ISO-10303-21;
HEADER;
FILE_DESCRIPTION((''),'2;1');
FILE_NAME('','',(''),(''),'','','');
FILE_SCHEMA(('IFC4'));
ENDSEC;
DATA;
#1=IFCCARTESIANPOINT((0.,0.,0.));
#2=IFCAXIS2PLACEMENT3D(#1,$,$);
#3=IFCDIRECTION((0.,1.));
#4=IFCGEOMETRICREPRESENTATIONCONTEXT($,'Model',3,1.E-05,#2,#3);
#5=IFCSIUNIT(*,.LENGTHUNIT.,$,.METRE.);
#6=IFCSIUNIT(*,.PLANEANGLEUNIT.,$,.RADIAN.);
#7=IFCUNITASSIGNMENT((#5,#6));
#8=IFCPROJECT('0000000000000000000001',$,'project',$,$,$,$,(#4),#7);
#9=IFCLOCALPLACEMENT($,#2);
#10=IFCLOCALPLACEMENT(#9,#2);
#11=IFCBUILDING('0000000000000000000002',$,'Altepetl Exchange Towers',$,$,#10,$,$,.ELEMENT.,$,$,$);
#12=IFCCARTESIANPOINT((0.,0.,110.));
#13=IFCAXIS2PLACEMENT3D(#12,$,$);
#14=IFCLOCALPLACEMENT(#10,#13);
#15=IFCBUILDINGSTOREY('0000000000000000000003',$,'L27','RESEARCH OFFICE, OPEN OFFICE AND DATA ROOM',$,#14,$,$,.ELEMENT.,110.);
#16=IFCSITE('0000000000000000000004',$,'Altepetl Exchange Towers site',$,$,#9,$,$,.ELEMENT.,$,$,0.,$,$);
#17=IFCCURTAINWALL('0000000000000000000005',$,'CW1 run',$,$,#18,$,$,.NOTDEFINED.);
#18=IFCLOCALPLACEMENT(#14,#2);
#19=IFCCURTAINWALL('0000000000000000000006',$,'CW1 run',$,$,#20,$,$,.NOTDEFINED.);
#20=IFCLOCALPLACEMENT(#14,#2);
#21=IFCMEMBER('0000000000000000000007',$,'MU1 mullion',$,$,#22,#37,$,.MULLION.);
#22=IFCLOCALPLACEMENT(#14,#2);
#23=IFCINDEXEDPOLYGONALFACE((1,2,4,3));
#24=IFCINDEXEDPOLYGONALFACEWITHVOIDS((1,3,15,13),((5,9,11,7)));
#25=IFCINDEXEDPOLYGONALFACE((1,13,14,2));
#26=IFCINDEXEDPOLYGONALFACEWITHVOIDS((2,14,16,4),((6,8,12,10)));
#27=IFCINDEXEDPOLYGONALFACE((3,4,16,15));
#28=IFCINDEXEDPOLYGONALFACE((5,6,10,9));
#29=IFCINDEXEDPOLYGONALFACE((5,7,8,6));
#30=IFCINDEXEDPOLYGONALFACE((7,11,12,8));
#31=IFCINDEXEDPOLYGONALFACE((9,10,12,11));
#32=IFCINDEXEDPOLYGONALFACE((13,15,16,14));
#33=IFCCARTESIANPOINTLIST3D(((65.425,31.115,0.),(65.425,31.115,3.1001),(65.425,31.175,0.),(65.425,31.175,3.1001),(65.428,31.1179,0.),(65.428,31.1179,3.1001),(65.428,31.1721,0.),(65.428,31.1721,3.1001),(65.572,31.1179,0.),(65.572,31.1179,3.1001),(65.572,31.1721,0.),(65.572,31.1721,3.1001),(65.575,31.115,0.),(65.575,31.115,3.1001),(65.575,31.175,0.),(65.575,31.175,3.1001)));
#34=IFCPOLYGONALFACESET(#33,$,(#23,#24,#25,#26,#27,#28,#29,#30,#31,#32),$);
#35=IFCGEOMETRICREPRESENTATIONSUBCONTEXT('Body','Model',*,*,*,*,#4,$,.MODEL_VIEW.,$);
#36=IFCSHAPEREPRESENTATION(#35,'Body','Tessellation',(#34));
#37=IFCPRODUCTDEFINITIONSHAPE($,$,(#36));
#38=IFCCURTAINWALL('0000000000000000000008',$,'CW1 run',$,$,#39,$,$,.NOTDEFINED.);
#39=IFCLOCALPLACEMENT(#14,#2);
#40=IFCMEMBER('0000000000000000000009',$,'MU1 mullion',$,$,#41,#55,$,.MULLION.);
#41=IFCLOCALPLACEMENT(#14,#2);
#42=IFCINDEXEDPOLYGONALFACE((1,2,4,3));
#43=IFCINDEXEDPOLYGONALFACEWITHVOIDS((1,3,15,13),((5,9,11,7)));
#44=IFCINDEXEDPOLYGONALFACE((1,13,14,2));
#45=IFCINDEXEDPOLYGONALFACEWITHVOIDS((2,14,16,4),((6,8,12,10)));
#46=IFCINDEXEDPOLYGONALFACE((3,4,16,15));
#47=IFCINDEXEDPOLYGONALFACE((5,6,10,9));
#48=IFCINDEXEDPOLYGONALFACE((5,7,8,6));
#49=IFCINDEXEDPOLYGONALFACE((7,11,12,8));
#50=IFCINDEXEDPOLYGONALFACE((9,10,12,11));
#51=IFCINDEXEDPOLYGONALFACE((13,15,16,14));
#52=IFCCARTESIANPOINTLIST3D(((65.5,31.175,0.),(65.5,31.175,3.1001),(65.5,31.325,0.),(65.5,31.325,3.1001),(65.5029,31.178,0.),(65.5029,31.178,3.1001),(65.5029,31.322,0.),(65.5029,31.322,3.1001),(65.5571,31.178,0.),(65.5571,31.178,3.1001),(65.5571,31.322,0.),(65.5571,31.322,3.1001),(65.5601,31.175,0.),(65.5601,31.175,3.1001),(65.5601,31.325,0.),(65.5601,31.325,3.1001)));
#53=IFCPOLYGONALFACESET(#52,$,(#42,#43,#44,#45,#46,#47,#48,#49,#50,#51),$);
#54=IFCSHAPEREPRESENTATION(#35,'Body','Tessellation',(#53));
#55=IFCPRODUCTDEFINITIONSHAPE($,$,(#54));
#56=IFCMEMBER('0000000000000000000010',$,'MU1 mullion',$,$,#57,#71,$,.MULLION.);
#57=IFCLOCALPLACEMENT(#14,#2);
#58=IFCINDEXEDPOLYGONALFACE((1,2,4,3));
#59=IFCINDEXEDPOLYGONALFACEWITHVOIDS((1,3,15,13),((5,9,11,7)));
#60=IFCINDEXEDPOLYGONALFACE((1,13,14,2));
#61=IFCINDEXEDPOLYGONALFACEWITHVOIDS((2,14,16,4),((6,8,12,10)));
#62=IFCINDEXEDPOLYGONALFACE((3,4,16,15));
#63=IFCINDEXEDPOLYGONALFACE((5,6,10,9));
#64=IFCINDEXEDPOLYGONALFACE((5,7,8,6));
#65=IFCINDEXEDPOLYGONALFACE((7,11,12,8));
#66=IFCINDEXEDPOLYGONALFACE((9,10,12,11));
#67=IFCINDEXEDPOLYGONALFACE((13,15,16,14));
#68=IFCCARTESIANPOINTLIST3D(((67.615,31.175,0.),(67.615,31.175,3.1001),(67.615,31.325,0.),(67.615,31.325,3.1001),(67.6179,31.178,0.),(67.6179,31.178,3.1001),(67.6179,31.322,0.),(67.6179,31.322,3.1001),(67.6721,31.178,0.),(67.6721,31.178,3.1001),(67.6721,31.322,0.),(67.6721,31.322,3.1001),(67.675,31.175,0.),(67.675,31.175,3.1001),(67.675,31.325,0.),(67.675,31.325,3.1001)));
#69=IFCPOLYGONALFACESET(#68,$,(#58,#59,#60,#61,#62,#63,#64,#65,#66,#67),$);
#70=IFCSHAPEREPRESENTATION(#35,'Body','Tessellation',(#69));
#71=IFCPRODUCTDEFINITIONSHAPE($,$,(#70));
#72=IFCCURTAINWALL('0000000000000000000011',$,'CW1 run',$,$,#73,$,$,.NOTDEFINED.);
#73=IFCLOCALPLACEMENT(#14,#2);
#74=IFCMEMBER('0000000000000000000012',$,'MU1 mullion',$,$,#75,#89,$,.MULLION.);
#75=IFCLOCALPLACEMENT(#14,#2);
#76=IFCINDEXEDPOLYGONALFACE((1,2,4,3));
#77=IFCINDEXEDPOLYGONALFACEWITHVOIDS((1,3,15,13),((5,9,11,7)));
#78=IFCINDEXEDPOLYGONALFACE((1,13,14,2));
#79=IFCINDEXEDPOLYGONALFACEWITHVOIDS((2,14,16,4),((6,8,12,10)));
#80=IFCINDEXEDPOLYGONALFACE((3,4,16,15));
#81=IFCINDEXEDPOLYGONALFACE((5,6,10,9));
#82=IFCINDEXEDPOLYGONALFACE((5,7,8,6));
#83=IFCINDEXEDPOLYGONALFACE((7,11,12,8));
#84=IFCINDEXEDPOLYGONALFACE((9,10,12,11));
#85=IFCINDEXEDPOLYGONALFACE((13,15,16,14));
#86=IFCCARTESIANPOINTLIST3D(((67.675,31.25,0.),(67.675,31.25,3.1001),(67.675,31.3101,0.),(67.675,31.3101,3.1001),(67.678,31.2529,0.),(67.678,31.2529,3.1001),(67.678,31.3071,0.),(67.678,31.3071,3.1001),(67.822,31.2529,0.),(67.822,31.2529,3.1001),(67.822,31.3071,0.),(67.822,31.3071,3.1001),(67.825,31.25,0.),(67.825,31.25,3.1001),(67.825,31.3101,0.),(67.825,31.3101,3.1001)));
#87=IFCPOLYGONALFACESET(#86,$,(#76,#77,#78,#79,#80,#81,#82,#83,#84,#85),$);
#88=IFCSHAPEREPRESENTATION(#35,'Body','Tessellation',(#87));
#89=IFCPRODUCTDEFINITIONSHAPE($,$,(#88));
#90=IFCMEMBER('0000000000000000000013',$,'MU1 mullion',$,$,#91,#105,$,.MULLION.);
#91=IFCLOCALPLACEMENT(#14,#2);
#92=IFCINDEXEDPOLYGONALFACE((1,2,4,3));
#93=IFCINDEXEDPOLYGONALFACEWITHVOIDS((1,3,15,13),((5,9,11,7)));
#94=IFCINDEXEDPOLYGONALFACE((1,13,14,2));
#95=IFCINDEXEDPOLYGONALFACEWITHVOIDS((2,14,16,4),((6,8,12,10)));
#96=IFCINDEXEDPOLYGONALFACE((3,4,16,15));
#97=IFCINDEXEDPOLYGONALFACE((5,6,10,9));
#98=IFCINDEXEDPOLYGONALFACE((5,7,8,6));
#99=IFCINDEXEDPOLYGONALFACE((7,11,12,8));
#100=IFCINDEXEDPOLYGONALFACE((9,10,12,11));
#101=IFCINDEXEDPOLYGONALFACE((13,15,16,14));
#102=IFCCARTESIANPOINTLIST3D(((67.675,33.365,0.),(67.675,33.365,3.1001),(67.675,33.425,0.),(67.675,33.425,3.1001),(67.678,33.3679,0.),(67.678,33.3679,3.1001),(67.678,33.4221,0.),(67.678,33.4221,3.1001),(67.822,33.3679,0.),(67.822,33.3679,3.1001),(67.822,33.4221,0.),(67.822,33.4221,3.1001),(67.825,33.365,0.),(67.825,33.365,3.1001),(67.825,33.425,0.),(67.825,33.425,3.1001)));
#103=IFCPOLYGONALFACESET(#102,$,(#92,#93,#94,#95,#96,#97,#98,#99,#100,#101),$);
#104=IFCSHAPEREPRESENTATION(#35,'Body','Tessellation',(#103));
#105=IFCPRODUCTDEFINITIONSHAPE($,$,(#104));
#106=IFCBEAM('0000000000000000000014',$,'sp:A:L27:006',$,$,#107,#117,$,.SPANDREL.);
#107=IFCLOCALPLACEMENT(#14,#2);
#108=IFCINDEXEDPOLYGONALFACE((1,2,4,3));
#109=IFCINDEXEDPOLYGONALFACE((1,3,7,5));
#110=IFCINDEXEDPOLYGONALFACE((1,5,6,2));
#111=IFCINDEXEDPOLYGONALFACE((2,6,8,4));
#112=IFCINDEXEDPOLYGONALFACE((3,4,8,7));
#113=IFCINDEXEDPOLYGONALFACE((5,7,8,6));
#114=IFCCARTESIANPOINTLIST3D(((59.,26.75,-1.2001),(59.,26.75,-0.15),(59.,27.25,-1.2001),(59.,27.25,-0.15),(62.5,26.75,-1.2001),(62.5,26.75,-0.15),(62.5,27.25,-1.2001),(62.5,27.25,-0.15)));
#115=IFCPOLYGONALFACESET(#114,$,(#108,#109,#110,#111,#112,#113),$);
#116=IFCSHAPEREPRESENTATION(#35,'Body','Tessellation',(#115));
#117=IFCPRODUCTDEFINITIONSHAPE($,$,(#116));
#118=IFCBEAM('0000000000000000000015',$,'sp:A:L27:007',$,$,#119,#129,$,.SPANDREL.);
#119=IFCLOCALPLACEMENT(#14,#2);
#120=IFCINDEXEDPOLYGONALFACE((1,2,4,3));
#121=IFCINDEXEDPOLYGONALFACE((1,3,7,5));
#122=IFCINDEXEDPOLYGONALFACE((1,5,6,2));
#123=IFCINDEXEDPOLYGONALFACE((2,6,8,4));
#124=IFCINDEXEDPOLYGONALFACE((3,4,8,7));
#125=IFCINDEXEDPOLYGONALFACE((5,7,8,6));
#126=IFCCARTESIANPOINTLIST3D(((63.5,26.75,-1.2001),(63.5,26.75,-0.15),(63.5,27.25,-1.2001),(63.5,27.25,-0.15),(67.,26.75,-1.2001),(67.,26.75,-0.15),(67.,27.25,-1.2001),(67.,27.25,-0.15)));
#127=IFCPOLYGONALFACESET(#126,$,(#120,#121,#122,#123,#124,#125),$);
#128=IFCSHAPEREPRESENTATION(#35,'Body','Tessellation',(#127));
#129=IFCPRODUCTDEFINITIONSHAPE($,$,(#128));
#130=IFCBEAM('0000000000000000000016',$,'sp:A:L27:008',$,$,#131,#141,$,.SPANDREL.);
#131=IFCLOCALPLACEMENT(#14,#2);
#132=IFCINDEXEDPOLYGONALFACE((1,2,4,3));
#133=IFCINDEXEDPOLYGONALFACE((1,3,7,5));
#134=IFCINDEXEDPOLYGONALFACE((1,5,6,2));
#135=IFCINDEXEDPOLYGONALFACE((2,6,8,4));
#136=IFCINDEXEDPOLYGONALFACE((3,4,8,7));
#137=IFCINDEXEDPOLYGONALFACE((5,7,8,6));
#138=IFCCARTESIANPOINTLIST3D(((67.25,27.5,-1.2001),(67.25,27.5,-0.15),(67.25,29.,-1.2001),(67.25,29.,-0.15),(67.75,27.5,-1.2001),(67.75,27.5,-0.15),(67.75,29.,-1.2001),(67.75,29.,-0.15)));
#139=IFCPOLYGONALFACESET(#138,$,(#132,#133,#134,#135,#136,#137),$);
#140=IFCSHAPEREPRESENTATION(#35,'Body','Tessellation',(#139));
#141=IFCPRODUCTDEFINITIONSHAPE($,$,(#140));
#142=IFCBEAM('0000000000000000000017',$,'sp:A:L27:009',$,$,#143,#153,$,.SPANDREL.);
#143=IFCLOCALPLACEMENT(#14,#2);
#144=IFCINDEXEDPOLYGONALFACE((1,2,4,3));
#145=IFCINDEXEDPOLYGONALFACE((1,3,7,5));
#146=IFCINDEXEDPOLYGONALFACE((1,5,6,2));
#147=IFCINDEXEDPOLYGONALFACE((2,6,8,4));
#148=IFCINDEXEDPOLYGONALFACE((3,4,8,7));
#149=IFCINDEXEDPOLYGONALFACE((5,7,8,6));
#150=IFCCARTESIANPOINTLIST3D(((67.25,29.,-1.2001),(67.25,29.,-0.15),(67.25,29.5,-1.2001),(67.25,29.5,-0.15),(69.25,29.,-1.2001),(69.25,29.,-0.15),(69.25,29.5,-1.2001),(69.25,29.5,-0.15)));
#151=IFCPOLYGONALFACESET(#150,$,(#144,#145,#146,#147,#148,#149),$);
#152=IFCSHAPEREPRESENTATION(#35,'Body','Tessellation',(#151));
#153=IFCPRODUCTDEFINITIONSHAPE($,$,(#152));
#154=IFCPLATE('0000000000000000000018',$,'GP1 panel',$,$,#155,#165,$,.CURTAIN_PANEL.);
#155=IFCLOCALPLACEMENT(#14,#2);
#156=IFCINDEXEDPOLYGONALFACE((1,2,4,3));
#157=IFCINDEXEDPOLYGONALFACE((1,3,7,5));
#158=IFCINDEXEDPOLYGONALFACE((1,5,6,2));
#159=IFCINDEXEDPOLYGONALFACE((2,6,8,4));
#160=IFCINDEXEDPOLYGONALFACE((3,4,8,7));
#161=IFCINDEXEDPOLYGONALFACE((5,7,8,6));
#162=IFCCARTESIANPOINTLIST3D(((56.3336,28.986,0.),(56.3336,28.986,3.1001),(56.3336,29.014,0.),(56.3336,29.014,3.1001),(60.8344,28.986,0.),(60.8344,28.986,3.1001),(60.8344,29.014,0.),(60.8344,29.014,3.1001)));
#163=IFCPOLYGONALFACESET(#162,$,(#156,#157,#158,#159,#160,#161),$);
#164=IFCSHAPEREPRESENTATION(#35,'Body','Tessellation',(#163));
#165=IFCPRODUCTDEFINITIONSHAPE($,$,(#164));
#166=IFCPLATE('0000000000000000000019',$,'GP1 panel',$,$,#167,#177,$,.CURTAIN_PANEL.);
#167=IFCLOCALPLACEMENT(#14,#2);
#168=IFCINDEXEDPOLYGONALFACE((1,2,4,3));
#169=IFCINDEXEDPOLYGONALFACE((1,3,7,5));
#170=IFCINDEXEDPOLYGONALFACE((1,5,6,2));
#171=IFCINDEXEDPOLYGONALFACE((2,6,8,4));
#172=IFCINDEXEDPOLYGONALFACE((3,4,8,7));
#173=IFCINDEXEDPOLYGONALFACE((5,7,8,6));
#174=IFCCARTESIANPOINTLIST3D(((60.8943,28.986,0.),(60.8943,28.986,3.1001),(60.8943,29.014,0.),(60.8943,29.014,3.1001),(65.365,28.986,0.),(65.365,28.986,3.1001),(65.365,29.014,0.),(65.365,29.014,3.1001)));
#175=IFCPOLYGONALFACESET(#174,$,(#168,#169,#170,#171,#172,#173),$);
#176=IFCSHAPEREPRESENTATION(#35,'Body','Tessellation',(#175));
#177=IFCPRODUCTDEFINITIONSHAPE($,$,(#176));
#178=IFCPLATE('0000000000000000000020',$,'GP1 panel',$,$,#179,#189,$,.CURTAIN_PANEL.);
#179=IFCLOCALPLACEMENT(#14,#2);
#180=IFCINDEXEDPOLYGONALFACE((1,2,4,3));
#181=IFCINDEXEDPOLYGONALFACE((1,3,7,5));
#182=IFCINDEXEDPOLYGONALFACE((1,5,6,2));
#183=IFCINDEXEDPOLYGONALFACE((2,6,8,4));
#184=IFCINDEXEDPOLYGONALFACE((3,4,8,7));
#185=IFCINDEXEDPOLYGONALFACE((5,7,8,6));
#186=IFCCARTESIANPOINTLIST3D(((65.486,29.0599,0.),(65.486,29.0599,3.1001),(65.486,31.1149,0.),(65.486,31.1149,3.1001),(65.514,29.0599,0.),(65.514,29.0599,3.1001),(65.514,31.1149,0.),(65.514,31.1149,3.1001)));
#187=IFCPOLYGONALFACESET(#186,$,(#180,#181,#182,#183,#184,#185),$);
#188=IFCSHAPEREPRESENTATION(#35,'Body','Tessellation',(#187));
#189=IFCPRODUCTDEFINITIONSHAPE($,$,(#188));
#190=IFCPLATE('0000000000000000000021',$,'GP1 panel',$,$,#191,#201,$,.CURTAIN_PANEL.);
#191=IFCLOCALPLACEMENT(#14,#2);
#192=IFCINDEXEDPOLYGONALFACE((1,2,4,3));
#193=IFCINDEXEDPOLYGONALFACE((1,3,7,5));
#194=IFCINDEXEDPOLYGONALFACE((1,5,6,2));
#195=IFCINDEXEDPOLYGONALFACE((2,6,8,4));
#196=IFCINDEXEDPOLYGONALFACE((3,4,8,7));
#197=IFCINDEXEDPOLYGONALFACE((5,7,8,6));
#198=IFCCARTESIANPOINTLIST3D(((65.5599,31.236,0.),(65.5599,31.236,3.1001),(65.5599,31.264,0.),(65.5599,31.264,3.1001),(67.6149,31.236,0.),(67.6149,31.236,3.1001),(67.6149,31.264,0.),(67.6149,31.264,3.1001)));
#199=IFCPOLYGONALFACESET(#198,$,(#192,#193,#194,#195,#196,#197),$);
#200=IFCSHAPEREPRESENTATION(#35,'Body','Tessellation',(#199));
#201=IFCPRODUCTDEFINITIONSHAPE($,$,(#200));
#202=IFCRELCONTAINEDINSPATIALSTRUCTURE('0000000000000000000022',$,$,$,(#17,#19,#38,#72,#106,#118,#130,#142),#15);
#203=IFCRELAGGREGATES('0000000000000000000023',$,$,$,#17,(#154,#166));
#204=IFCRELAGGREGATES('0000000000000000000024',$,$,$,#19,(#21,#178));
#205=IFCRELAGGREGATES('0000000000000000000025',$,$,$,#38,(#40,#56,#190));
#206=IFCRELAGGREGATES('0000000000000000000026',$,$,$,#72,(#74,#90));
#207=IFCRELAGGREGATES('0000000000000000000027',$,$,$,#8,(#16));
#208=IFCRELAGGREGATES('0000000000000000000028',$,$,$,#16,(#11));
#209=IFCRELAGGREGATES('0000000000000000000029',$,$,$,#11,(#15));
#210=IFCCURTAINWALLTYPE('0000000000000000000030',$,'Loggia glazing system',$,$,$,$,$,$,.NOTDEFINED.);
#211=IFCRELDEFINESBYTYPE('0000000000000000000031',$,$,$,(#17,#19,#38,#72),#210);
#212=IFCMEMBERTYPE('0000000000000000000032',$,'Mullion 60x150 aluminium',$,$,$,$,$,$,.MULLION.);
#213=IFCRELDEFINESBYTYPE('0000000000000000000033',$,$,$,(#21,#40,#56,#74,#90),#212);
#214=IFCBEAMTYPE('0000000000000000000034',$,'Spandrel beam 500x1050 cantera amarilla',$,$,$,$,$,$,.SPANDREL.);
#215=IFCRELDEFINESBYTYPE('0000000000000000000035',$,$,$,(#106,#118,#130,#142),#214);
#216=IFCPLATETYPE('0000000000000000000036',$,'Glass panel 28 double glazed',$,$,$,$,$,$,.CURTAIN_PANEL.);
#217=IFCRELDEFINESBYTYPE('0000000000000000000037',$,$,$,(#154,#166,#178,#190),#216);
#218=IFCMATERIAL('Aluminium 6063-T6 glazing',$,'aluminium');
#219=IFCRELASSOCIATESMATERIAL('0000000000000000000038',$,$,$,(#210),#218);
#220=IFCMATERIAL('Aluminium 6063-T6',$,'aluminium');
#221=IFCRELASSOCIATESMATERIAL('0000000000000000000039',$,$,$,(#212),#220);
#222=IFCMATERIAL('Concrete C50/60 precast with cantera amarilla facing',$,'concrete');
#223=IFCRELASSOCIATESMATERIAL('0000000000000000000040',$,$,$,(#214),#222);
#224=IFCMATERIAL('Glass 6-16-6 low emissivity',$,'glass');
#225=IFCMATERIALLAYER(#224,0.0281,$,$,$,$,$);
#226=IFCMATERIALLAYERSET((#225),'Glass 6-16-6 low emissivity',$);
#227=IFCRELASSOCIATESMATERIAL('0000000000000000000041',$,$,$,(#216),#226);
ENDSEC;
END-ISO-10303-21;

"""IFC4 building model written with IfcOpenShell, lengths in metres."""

from ifc_helpers import new_model, si_unit, direction, frame, origin, origin_2d, place, context, subcontext, project, spatial, rectangle, hollow_rectangle, extrude, material, layer, layer_set, material_profile, profile_set, type_object, element, aggregate, save


model = new_model("IFC4")

# Units and contexts
model_context = context("Model", 3, precision=1e-05, world=origin(), true_north=direction((0.0, 1.0)))
body_context = subcontext(model_context, "Body", "Model", "MODEL_VIEW")
ifc_project = project(units=[si_unit("LENGTHUNIT", "METRE"), si_unit("PLANEANGLEUNIT", "RADIAN")], contexts=[model_context])

# Site, building, storey
site_placement = place(None, origin())
site = spatial("IfcSite", under=ifc_project, at=site_placement, Name="Altepetl Exchange Towers site", CompositionType="ELEMENT", RefElevation=0.0)
building_placement = place(site_placement, origin())
building = spatial("IfcBuilding", under=site, at=building_placement, Name="Altepetl Exchange Towers", CompositionType="ELEMENT")
storey_placement = place(building_placement, frame((0.0, 0.0, 110.0)))
storey = spatial("IfcBuildingStorey", under=building, at=storey_placement, Name="L27", Description="RESEARCH OFFICE, OPEN OFFICE AND DATA ROOM", CompositionType="ELEMENT", Elevation=110.0)

# Curtain walls, members
ifc_material_1 = material(Name="Aluminium 6063-T6 glazing", Category="aluminium")
curtain_wall_type = type_object("IfcCurtainWallType", Name="Loggia glazing system", PredefinedType="NOTDEFINED", material=ifc_material_1)
curtain_wall_1_placement = place(storey_placement, origin())
curtain_wall_1 = element("IfcCurtainWall", 1, at=curtain_wall_1_placement, inside=storey, type_object=curtain_wall_type, Name="CW1 run", PredefinedType="NOTDEFINED")
ifc_material_2 = material(Name="Aluminium 6063-T6", Category="aluminium")
ifc_material_profile_1 = material_profile(ifc_material_2, hollow_rectangle(XDim=0.0601, YDim=0.1499, WallThickness=0.0029, at=origin_2d()), Name="Mullion 60x150 aluminium")
ifc_profile_set_1 = profile_set([ifc_material_profile_1], Name="Aluminium 6063-T6")
member_type = type_object("IfcMemberType", Name="Mullion 60x150 aluminium", PredefinedType="MULLION", material=ifc_profile_set_1)
curtain_wall_2_placement = place(storey_placement, origin())
curtain_wall_2 = element("IfcCurtainWall", 2, at=curtain_wall_2_placement, inside=storey, type_object=curtain_wall_type, Name="CW1 run", PredefinedType="NOTDEFINED")
member_1_placement = place(storey_placement, frame((65.5, 31.145, 0.0), z_axis=(0.0, 0.0, 1.0), x_axis=(0.0, 1.0, 0.0)))
member_1 = element("IfcMember", 3, at=member_1_placement, type_object=member_type, Name="MU1 mullion", PredefinedType="MULLION", context=body_context, shape_type="SweptSolid", body=[
    extrude(hollow_rectangle(XDim=0.0601, YDim=0.1499, WallThickness=0.0029, at=origin_2d()), origin(), (0.0, 0.0, 1.0), 3.1001),
])
curtain_wall_3_placement = place(storey_placement, origin())
curtain_wall_3 = element("IfcCurtainWall", 4, at=curtain_wall_3_placement, inside=storey, type_object=curtain_wall_type, Name="CW1 run", PredefinedType="NOTDEFINED")
member_2_placement = place(storey_placement, frame((65.53, 31.25, 0.0)))
member_2 = element("IfcMember", 5, at=member_2_placement, type_object=member_type, Name="MU1 mullion", PredefinedType="MULLION", context=body_context, shape_type="SweptSolid", body=[
    extrude(hollow_rectangle(XDim=0.0601, YDim=0.1499, WallThickness=0.0029, at=origin_2d()), origin(), (0.0, 0.0, 1.0), 3.1001),
])
member_3_placement = place(storey_placement, frame((67.645, 31.25, 0.0)))
member_3 = element("IfcMember", 6, at=member_3_placement, type_object=member_type, Name="MU1 mullion", PredefinedType="MULLION", context=body_context, shape_type="SweptSolid", body=[
    extrude(hollow_rectangle(XDim=0.0601, YDim=0.1499, WallThickness=0.0029, at=origin_2d()), origin(), (0.0, 0.0, 1.0), 3.1001),
])
curtain_wall_4_placement = place(storey_placement, origin())
curtain_wall_4 = element("IfcCurtainWall", 7, at=curtain_wall_4_placement, inside=storey, type_object=curtain_wall_type, Name="CW1 run", PredefinedType="NOTDEFINED")
member_4_placement = place(storey_placement, frame((67.75, 31.28, 0.0), z_axis=(0.0, 0.0, 1.0), x_axis=(0.0, 1.0, 0.0)))
member_4 = element("IfcMember", 8, at=member_4_placement, type_object=member_type, Name="MU1 mullion", PredefinedType="MULLION", context=body_context, shape_type="SweptSolid", body=[
    extrude(hollow_rectangle(XDim=0.0601, YDim=0.1499, WallThickness=0.0029, at=origin_2d()), origin(), (0.0, 0.0, 1.0), 3.1001),
])
member_5_placement = place(storey_placement, frame((67.75, 33.395, 0.0), z_axis=(0.0, 0.0, 1.0), x_axis=(0.0, 1.0, 0.0)))
member_5 = element("IfcMember", 9, at=member_5_placement, type_object=member_type, Name="MU1 mullion", PredefinedType="MULLION", context=body_context, shape_type="SweptSolid", body=[
    extrude(hollow_rectangle(XDim=0.0601, YDim=0.1499, WallThickness=0.0029, at=origin_2d()), origin(), (0.0, 0.0, 1.0), 3.1001),
])

# Beams
ifc_material_3 = material(Name="Concrete C50/60 precast with cantera amarilla facing", Category="concrete")
ifc_material_profile_2 = material_profile(ifc_material_3, rectangle(XDim=0.5, YDim=1.05, at=origin_2d()), Name="500 x 1050")
ifc_profile_set_2 = profile_set([ifc_material_profile_2], Name="Concrete C50/60 precast with cantera amarilla facing")
beam_type_1 = type_object("IfcBeamType", Name="Spandrel beam 500x1050 cantera amarilla", PredefinedType="SPANDREL", material=ifc_profile_set_2)
for number, where, z_axis, x_axis, name in (
    (10, (59.0, 27.0, -0.675), (1.0, 0.0, 0.0), (0.0, 1.0, 0.0), "sp:A:L27:006"),
    (11, (63.5, 27.0, -0.675), (1.0, 0.0, 0.0), (0.0, 1.0, 0.0), "sp:A:L27:007"),
):
    element("IfcBeam", number, at=place(storey_placement, frame(where, z_axis=z_axis, x_axis=x_axis)), inside=storey, type_object=beam_type_1, Name=name, PredefinedType="SPANDREL", context=body_context, shape_type="SweptSolid", body=[
        extrude(rectangle(XDim=0.5, YDim=1.05, at=origin_2d()), origin(), (0.0, 0.0, 1.0), 3.5),
    ])
beam_1_placement = place(storey_placement, frame((67.5, 27.5, -0.675), z_axis=(0.0, 1.0, 0.0), x_axis=(-1.0, 0.0, 0.0)))
element("IfcBeam", 12, at=beam_1_placement, inside=storey, type_object=beam_type_1, Name="sp:A:L27:008", PredefinedType="SPANDREL", context=body_context, shape_type="SweptSolid", body=[
    extrude(rectangle(XDim=0.5, YDim=1.05, at=origin_2d()), origin(), (0.0, 0.0, 1.0), 1.5),
])
beam_2_placement = place(storey_placement, frame((67.25, 29.25, -0.675), z_axis=(1.0, 0.0, 0.0), x_axis=(0.0, 1.0, 0.0)))
element("IfcBeam", 13, at=beam_2_placement, inside=storey, type_object=beam_type_1, Name="sp:A:L27:009", PredefinedType="SPANDREL", context=body_context, shape_type="SweptSolid", body=[
    extrude(rectangle(XDim=0.5, YDim=1.05, at=origin_2d()), origin(), (0.0, 0.0, 1.0), 2.0),
])

# Plates
ifc_material_4 = material(Name="Glass 6-16-6 low emissivity", Category="glass")
ifc_layer_1 = layer(ifc_material_4, 0.0281)
ifc_layer_set_1 = layer_set([ifc_layer_1], Name="Glass 6-16-6 low emissivity")
plate_type = type_object("IfcPlateType", Name="Glass panel 28 double glazed", PredefinedType="CURTAIN_PANEL", material=ifc_layer_set_1)
plate_1_placement = place(storey_placement, frame((58.584, 29.0, 0.0)))
plate_1 = element("IfcPlate", 14, at=plate_1_placement, type_object=plate_type, Name="GP1 panel", PredefinedType="CURTAIN_PANEL", context=body_context, shape_type="SweptSolid", body=[
    extrude(rectangle(XDim=4.5007, YDim=0.0281, at=origin_2d()), origin(), (0.0, 0.0, 1.0), 3.1001),
])
plate_2_placement = place(storey_placement, frame((63.1296, 29.0, 0.0)))
plate_2 = element("IfcPlate", 15, at=plate_2_placement, type_object=plate_type, Name="GP1 panel", PredefinedType="CURTAIN_PANEL", context=body_context, shape_type="SweptSolid", body=[
    extrude(rectangle(XDim=4.4707, YDim=0.0281, at=origin_2d()), origin(), (0.0, 0.0, 1.0), 3.1001),
])
aggregate(curtain_wall_1, [plate_1, plate_2])
plate_3_placement = place(storey_placement, frame((65.5, 30.0874, 0.0), z_axis=(0.0, 0.0, 1.0), x_axis=(0.0, 1.0, 0.0)))
plate_3 = element("IfcPlate", 16, at=plate_3_placement, type_object=plate_type, Name="GP1 panel", PredefinedType="CURTAIN_PANEL", context=body_context, shape_type="SweptSolid", body=[
    extrude(rectangle(XDim=2.0549, YDim=0.0281, at=origin_2d()), origin(), (0.0, 0.0, 1.0), 3.1001),
])
aggregate(curtain_wall_2, [member_1, plate_3])
plate_4_placement = place(storey_placement, frame((66.5874, 31.25, 0.0)))
plate_4 = element("IfcPlate", 17, at=plate_4_placement, type_object=plate_type, Name="GP1 panel", PredefinedType="CURTAIN_PANEL", context=body_context, shape_type="SweptSolid", body=[
    extrude(rectangle(XDim=2.0549, YDim=0.0281, at=origin_2d()), origin(), (0.0, 0.0, 1.0), 3.1001),
])
aggregate(curtain_wall_3, [member_2, member_3, plate_4])
aggregate(curtain_wall_4, [member_4, member_5])

save(model, "model.ifc")
